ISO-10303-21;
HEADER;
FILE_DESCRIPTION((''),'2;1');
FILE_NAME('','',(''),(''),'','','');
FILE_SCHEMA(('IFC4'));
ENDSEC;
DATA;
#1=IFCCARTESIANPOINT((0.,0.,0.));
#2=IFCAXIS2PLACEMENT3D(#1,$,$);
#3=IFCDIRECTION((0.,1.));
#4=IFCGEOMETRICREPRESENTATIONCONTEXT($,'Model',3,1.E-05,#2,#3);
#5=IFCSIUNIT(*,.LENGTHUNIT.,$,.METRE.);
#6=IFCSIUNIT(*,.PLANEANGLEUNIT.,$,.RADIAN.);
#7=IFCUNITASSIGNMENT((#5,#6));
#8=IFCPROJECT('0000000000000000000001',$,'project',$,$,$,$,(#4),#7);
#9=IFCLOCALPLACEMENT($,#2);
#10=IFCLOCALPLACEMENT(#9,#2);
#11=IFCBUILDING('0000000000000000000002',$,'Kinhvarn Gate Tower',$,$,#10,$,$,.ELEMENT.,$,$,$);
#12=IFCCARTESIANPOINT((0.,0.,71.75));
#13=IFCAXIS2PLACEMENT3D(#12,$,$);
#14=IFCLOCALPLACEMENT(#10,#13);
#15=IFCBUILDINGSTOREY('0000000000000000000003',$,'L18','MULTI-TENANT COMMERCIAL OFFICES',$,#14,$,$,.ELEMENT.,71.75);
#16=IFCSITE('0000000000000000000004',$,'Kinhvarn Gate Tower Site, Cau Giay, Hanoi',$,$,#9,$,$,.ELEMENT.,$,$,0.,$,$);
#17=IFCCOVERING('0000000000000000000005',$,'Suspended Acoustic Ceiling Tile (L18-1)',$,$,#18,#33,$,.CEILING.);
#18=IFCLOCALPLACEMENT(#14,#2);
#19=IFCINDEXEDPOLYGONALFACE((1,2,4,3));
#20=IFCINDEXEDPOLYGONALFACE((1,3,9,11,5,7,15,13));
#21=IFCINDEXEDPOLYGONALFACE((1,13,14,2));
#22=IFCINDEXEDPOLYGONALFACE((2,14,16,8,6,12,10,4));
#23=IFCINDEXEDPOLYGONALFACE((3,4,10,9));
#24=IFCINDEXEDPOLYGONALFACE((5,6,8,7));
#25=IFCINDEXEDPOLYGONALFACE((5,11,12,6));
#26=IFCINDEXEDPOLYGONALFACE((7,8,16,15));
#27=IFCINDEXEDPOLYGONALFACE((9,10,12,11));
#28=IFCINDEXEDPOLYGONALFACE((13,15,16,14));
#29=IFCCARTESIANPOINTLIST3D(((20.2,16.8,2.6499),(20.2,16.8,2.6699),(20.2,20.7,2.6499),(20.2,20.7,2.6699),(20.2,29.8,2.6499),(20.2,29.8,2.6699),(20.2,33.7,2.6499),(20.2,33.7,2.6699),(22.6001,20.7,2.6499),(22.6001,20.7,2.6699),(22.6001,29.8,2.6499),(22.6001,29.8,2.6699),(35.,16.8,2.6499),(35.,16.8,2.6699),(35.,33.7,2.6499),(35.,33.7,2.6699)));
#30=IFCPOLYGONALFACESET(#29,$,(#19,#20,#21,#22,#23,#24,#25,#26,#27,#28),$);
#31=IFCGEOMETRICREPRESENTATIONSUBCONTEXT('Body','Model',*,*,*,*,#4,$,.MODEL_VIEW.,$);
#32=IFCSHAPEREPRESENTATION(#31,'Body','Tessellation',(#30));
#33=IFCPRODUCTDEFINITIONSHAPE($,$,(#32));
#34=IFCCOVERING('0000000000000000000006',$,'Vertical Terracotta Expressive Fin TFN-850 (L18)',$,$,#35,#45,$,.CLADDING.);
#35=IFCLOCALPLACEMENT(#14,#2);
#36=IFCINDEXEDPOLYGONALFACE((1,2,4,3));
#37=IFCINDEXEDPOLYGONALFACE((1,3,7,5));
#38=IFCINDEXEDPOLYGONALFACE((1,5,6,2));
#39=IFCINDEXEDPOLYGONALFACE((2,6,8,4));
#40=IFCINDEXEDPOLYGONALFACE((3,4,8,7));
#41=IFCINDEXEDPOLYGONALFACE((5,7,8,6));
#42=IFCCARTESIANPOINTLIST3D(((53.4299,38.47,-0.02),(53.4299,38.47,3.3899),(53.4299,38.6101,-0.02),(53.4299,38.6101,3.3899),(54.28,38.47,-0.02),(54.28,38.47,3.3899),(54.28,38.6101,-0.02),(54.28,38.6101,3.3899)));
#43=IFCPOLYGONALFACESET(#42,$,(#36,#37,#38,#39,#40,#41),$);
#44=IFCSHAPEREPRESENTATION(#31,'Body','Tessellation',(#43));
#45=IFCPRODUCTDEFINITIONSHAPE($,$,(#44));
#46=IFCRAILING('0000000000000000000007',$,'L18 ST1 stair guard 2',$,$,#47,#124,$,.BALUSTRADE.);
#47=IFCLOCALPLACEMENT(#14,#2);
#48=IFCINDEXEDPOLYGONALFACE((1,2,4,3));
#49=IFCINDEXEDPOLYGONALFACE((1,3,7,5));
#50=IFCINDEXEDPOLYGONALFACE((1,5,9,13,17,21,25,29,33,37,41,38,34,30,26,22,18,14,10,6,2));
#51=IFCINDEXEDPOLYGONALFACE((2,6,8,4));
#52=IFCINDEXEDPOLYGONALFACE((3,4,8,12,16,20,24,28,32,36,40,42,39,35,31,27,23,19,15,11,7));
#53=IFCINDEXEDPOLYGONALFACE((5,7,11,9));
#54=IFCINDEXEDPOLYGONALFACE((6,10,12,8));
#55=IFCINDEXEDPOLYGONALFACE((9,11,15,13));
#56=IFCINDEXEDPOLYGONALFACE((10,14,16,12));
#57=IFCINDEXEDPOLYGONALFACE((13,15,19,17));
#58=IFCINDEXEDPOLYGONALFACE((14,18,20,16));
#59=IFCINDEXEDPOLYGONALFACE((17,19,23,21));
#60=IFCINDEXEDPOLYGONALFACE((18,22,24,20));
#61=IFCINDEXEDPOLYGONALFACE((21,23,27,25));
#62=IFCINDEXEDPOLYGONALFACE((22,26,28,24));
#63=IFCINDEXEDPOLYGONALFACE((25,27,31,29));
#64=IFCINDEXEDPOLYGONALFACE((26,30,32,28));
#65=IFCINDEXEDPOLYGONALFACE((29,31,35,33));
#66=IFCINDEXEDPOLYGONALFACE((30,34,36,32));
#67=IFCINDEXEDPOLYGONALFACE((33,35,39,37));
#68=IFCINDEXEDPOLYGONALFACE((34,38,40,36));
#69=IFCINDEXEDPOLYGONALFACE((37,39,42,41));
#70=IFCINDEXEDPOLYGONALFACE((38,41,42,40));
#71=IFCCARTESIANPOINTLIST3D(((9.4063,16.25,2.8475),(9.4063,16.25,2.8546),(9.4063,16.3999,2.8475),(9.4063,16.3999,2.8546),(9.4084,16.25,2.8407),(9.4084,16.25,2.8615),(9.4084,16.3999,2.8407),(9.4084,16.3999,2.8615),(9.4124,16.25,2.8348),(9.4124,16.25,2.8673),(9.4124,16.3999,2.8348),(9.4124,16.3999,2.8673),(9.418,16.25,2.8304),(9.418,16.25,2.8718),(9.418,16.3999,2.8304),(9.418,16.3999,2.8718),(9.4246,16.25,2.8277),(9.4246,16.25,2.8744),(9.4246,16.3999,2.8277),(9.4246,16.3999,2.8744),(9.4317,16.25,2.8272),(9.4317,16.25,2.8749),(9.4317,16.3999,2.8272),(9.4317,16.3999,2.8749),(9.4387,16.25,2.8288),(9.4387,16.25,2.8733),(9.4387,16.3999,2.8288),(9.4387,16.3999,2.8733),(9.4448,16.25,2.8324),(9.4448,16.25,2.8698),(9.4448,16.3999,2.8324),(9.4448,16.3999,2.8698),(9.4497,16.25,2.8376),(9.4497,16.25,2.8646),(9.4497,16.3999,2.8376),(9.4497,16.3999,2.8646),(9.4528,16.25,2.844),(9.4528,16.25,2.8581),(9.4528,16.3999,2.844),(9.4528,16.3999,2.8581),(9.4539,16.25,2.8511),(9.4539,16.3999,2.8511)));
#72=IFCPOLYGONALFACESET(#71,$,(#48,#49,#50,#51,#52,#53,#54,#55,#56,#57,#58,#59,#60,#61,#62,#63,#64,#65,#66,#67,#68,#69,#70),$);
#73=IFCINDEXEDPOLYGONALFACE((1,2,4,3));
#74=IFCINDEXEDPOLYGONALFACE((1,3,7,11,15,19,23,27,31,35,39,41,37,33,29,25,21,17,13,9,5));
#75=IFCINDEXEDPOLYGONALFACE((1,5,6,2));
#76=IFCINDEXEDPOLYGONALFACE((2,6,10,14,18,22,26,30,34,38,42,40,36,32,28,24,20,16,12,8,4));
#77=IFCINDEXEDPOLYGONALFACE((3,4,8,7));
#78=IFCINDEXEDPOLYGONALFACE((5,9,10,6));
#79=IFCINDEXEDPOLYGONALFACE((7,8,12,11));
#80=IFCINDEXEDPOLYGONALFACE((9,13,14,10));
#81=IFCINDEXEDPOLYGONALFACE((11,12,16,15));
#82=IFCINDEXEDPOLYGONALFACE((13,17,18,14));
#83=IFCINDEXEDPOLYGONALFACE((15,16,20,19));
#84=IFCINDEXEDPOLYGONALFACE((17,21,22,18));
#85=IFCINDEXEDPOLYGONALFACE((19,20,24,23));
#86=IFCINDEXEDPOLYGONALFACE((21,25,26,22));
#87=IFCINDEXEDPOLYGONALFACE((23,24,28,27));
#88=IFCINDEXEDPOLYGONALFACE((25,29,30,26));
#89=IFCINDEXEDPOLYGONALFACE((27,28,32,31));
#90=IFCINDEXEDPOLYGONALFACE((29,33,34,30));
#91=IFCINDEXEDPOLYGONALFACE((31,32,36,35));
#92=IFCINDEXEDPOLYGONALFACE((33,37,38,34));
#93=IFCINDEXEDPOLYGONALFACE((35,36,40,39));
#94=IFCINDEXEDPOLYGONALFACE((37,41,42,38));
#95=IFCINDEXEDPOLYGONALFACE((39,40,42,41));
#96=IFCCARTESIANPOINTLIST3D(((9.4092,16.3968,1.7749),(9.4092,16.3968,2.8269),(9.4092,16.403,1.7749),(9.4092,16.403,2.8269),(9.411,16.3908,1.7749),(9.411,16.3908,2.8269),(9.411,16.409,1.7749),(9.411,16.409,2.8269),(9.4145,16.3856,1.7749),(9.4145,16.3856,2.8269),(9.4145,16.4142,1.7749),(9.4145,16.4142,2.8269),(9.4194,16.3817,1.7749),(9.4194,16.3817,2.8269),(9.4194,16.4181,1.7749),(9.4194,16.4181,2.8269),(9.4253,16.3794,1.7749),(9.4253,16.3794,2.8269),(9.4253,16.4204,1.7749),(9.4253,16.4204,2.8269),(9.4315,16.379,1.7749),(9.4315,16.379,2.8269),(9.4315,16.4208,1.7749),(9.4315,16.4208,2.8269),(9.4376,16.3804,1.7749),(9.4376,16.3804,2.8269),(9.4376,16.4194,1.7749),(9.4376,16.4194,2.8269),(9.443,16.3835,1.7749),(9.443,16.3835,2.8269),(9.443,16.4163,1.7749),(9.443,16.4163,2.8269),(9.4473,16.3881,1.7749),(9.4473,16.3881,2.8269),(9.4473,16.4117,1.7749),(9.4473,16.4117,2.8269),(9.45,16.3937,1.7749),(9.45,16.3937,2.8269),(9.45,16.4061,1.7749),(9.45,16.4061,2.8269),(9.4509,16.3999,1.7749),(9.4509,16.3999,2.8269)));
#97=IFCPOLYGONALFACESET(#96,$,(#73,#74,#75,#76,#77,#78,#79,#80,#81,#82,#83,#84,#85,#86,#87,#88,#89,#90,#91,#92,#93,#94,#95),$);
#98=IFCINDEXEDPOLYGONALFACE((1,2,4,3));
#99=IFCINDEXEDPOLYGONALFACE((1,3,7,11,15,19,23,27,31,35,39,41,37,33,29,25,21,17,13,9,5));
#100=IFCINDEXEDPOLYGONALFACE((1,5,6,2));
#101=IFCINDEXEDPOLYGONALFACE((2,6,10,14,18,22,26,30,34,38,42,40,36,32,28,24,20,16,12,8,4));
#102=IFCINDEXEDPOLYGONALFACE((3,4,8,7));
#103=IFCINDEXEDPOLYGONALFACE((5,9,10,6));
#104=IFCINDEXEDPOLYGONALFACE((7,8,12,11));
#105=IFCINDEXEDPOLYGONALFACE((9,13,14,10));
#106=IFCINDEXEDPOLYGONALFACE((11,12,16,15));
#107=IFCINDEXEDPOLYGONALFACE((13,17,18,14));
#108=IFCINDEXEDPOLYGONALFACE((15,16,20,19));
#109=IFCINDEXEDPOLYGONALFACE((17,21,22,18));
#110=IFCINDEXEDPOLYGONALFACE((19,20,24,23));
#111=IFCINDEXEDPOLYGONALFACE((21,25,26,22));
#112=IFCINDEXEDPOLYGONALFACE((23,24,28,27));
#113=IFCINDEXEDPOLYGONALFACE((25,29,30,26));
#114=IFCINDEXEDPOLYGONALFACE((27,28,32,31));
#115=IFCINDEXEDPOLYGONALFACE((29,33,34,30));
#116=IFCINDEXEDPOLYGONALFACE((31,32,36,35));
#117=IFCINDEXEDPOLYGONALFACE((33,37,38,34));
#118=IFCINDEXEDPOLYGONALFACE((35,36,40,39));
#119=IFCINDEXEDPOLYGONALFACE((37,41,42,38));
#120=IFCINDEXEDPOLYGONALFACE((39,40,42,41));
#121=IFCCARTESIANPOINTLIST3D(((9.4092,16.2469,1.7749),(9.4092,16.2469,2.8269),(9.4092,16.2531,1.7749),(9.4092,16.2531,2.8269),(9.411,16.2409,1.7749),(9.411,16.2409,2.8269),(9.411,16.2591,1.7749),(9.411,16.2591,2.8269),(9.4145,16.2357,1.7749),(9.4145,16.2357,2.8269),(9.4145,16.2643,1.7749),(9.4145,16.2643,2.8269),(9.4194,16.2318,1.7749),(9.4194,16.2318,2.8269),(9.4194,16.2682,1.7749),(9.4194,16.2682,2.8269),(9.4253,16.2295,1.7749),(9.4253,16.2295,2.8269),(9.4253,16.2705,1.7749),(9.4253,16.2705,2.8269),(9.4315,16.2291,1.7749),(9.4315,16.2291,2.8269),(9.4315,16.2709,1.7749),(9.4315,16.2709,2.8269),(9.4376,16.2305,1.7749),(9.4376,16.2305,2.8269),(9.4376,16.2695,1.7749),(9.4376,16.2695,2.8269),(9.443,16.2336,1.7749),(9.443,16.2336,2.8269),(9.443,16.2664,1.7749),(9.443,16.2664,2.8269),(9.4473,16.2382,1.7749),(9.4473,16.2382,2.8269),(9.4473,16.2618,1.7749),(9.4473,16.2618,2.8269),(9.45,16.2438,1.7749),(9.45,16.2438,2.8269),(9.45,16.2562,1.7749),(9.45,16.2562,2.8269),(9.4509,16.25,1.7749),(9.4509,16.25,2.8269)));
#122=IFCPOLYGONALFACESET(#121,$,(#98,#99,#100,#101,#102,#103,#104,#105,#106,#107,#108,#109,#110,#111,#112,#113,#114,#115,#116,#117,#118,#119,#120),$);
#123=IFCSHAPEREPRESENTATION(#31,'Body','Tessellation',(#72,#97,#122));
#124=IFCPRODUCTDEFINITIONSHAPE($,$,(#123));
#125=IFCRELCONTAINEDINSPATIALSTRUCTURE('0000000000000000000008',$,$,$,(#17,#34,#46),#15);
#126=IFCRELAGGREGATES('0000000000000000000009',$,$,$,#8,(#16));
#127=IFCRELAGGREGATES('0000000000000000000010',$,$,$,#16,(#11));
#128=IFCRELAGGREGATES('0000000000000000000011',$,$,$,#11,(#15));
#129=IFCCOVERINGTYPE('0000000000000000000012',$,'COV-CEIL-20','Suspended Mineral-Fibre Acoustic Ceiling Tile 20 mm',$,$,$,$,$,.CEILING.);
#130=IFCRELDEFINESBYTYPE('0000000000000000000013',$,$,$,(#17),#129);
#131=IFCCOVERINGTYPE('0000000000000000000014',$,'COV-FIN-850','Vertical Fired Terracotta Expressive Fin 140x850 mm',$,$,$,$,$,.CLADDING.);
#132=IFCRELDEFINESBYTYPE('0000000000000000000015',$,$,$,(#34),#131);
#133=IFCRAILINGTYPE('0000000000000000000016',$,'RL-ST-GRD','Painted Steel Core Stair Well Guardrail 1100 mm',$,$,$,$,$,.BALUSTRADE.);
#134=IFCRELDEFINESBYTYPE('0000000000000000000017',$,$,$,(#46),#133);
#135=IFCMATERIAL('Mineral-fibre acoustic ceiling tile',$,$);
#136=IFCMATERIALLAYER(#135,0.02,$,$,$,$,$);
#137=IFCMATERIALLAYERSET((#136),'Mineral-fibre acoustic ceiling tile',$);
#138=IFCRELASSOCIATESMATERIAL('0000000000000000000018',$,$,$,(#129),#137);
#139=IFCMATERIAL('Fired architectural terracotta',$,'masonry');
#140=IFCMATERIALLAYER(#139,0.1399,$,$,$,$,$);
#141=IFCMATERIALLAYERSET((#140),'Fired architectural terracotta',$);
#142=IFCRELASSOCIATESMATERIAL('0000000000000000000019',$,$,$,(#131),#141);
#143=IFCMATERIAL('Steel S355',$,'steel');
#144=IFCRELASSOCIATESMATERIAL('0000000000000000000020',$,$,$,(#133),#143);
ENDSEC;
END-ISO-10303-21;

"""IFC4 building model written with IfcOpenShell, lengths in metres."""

from ifc_helpers import new_model, si_unit, direction, frame, origin, origin_2d, place, context, subcontext, project, spatial, polyline, circle, outline, extrude, material, layer, layer_set, type_object, element, save


model = new_model("IFC4")

# Units and contexts
model_context = context("Model", 3, precision=1e-05, world=origin(), true_north=direction((0.0, 1.0)))
body_context = subcontext(model_context, "Body", "Model", "MODEL_VIEW")
ifc_project = project(units=[si_unit("LENGTHUNIT", "METRE"), si_unit("PLANEANGLEUNIT", "RADIAN")], contexts=[model_context])

# Site, building, storey
site_placement = place(None, origin())
site = spatial("IfcSite", under=ifc_project, at=site_placement, Name="Kinhvarn Gate Tower Site, Cau Giay, Hanoi", CompositionType="ELEMENT", RefElevation=0.0)
building_placement = place(site_placement, origin())
building = spatial("IfcBuilding", under=site, at=building_placement, Name="Kinhvarn Gate Tower", CompositionType="ELEMENT")
storey_placement = place(building_placement, frame((0.0, 0.0, 71.75)))
storey = spatial("IfcBuildingStorey", under=building, at=storey_placement, Name="L18", Description="MULTI-TENANT COMMERCIAL OFFICES", CompositionType="ELEMENT", Elevation=71.75)

# Shared definitions
ifc_material_1 = material(Name="Steel S355", Category="steel")

# Shared definitions
ifc_material_2 = material(Name="Fired architectural terracotta", Category="masonry")

# Coverings
ifc_material_3 = material(Name="Mineral-fibre acoustic ceiling tile")
ifc_layer_1 = layer(ifc_material_3, 0.02)
ifc_layer_set_1 = layer_set([ifc_layer_1], Name="Mineral-fibre acoustic ceiling tile")
covering_type_1 = type_object("IfcCoveringType", Name="COV-CEIL-20", Description="Suspended Mineral-Fibre Acoustic Ceiling Tile 20 mm", PredefinedType="CEILING", material=ifc_layer_set_1)
covering_1_placement = place(storey_placement, frame((0.0, 0.0, 2.6499)))
element("IfcCovering", 1, at=covering_1_placement, inside=storey, type_object=covering_type_1, Name="Suspended Acoustic Ceiling Tile (L18-1)", PredefinedType="CEILING", context=body_context, shape_type="SweptSolid", body=[
    extrude(outline(polyline([(35.0, 33.7), (35.0, 16.8), (20.2, 16.8), (20.2, 20.7), (22.6001, 20.7), (22.6001, 29.8), (20.2, 29.8), (20.2, 33.7), (35.0, 33.7)])), origin(), (0.0, 0.0, 1.0), 0.02),
])
ifc_layer_2 = layer(ifc_material_2, 0.1399)
ifc_layer_set_2 = layer_set([ifc_layer_2], Name="Fired architectural terracotta")
covering_type_2 = type_object("IfcCoveringType", Name="COV-FIN-850", Description="Vertical Fired Terracotta Expressive Fin 140x850 mm", PredefinedType="CLADDING", material=ifc_layer_set_2)
covering_2_placement = place(storey_placement, frame((0.0, 0.0, -0.02)))
element("IfcCovering", 2, at=covering_2_placement, inside=storey, type_object=covering_type_2, Name="Vertical Terracotta Expressive Fin TFN-850 (L18)", PredefinedType="CLADDING", context=body_context, shape_type="SweptSolid", body=[
    extrude(outline(polyline([(53.4299, 38.47), (53.4299, 38.6101), (54.28, 38.6101), (54.28, 38.47), (53.4299, 38.47)])), origin(), (0.0, 0.0, 1.0), 3.4099),
])

# Railing
railing_type_1 = type_object("IfcRailingType", Name="RL-ST-GRD", Description="Painted Steel Core Stair Well Guardrail 1100 mm", PredefinedType="BALUSTRADE", material=ifc_material_1)
railing_1_placement = place(storey_placement, frame((9.4299, 16.3999, 1.7749)))
element("IfcRailing", 3, at=railing_1_placement, inside=storey, type_object=railing_type_1, Name="L18 ST1 stair guard 2", PredefinedType="BALUSTRADE", context=body_context, shape_type="SweptSolid", body=[
    extrude(circle(Radius=0.0239, at=origin_2d()), frame((0.0, 0.0, 1.0762), z_axis=(0.0, -1.0, 0.0), x_axis=(1.0, 0.0, 0.0)), (0.0, 0.0, 1.0), 0.1499),
    extrude(circle(Radius=0.021, at=origin_2d()), origin(), (0.0, 0.0, 1.0), 1.052),
    extrude(circle(Radius=0.021, at=origin_2d()), frame((0.0, -0.1499, 0.0)), (0.0, 0.0, 1.0), 1.052),
])

save(model, "model.ifc")
